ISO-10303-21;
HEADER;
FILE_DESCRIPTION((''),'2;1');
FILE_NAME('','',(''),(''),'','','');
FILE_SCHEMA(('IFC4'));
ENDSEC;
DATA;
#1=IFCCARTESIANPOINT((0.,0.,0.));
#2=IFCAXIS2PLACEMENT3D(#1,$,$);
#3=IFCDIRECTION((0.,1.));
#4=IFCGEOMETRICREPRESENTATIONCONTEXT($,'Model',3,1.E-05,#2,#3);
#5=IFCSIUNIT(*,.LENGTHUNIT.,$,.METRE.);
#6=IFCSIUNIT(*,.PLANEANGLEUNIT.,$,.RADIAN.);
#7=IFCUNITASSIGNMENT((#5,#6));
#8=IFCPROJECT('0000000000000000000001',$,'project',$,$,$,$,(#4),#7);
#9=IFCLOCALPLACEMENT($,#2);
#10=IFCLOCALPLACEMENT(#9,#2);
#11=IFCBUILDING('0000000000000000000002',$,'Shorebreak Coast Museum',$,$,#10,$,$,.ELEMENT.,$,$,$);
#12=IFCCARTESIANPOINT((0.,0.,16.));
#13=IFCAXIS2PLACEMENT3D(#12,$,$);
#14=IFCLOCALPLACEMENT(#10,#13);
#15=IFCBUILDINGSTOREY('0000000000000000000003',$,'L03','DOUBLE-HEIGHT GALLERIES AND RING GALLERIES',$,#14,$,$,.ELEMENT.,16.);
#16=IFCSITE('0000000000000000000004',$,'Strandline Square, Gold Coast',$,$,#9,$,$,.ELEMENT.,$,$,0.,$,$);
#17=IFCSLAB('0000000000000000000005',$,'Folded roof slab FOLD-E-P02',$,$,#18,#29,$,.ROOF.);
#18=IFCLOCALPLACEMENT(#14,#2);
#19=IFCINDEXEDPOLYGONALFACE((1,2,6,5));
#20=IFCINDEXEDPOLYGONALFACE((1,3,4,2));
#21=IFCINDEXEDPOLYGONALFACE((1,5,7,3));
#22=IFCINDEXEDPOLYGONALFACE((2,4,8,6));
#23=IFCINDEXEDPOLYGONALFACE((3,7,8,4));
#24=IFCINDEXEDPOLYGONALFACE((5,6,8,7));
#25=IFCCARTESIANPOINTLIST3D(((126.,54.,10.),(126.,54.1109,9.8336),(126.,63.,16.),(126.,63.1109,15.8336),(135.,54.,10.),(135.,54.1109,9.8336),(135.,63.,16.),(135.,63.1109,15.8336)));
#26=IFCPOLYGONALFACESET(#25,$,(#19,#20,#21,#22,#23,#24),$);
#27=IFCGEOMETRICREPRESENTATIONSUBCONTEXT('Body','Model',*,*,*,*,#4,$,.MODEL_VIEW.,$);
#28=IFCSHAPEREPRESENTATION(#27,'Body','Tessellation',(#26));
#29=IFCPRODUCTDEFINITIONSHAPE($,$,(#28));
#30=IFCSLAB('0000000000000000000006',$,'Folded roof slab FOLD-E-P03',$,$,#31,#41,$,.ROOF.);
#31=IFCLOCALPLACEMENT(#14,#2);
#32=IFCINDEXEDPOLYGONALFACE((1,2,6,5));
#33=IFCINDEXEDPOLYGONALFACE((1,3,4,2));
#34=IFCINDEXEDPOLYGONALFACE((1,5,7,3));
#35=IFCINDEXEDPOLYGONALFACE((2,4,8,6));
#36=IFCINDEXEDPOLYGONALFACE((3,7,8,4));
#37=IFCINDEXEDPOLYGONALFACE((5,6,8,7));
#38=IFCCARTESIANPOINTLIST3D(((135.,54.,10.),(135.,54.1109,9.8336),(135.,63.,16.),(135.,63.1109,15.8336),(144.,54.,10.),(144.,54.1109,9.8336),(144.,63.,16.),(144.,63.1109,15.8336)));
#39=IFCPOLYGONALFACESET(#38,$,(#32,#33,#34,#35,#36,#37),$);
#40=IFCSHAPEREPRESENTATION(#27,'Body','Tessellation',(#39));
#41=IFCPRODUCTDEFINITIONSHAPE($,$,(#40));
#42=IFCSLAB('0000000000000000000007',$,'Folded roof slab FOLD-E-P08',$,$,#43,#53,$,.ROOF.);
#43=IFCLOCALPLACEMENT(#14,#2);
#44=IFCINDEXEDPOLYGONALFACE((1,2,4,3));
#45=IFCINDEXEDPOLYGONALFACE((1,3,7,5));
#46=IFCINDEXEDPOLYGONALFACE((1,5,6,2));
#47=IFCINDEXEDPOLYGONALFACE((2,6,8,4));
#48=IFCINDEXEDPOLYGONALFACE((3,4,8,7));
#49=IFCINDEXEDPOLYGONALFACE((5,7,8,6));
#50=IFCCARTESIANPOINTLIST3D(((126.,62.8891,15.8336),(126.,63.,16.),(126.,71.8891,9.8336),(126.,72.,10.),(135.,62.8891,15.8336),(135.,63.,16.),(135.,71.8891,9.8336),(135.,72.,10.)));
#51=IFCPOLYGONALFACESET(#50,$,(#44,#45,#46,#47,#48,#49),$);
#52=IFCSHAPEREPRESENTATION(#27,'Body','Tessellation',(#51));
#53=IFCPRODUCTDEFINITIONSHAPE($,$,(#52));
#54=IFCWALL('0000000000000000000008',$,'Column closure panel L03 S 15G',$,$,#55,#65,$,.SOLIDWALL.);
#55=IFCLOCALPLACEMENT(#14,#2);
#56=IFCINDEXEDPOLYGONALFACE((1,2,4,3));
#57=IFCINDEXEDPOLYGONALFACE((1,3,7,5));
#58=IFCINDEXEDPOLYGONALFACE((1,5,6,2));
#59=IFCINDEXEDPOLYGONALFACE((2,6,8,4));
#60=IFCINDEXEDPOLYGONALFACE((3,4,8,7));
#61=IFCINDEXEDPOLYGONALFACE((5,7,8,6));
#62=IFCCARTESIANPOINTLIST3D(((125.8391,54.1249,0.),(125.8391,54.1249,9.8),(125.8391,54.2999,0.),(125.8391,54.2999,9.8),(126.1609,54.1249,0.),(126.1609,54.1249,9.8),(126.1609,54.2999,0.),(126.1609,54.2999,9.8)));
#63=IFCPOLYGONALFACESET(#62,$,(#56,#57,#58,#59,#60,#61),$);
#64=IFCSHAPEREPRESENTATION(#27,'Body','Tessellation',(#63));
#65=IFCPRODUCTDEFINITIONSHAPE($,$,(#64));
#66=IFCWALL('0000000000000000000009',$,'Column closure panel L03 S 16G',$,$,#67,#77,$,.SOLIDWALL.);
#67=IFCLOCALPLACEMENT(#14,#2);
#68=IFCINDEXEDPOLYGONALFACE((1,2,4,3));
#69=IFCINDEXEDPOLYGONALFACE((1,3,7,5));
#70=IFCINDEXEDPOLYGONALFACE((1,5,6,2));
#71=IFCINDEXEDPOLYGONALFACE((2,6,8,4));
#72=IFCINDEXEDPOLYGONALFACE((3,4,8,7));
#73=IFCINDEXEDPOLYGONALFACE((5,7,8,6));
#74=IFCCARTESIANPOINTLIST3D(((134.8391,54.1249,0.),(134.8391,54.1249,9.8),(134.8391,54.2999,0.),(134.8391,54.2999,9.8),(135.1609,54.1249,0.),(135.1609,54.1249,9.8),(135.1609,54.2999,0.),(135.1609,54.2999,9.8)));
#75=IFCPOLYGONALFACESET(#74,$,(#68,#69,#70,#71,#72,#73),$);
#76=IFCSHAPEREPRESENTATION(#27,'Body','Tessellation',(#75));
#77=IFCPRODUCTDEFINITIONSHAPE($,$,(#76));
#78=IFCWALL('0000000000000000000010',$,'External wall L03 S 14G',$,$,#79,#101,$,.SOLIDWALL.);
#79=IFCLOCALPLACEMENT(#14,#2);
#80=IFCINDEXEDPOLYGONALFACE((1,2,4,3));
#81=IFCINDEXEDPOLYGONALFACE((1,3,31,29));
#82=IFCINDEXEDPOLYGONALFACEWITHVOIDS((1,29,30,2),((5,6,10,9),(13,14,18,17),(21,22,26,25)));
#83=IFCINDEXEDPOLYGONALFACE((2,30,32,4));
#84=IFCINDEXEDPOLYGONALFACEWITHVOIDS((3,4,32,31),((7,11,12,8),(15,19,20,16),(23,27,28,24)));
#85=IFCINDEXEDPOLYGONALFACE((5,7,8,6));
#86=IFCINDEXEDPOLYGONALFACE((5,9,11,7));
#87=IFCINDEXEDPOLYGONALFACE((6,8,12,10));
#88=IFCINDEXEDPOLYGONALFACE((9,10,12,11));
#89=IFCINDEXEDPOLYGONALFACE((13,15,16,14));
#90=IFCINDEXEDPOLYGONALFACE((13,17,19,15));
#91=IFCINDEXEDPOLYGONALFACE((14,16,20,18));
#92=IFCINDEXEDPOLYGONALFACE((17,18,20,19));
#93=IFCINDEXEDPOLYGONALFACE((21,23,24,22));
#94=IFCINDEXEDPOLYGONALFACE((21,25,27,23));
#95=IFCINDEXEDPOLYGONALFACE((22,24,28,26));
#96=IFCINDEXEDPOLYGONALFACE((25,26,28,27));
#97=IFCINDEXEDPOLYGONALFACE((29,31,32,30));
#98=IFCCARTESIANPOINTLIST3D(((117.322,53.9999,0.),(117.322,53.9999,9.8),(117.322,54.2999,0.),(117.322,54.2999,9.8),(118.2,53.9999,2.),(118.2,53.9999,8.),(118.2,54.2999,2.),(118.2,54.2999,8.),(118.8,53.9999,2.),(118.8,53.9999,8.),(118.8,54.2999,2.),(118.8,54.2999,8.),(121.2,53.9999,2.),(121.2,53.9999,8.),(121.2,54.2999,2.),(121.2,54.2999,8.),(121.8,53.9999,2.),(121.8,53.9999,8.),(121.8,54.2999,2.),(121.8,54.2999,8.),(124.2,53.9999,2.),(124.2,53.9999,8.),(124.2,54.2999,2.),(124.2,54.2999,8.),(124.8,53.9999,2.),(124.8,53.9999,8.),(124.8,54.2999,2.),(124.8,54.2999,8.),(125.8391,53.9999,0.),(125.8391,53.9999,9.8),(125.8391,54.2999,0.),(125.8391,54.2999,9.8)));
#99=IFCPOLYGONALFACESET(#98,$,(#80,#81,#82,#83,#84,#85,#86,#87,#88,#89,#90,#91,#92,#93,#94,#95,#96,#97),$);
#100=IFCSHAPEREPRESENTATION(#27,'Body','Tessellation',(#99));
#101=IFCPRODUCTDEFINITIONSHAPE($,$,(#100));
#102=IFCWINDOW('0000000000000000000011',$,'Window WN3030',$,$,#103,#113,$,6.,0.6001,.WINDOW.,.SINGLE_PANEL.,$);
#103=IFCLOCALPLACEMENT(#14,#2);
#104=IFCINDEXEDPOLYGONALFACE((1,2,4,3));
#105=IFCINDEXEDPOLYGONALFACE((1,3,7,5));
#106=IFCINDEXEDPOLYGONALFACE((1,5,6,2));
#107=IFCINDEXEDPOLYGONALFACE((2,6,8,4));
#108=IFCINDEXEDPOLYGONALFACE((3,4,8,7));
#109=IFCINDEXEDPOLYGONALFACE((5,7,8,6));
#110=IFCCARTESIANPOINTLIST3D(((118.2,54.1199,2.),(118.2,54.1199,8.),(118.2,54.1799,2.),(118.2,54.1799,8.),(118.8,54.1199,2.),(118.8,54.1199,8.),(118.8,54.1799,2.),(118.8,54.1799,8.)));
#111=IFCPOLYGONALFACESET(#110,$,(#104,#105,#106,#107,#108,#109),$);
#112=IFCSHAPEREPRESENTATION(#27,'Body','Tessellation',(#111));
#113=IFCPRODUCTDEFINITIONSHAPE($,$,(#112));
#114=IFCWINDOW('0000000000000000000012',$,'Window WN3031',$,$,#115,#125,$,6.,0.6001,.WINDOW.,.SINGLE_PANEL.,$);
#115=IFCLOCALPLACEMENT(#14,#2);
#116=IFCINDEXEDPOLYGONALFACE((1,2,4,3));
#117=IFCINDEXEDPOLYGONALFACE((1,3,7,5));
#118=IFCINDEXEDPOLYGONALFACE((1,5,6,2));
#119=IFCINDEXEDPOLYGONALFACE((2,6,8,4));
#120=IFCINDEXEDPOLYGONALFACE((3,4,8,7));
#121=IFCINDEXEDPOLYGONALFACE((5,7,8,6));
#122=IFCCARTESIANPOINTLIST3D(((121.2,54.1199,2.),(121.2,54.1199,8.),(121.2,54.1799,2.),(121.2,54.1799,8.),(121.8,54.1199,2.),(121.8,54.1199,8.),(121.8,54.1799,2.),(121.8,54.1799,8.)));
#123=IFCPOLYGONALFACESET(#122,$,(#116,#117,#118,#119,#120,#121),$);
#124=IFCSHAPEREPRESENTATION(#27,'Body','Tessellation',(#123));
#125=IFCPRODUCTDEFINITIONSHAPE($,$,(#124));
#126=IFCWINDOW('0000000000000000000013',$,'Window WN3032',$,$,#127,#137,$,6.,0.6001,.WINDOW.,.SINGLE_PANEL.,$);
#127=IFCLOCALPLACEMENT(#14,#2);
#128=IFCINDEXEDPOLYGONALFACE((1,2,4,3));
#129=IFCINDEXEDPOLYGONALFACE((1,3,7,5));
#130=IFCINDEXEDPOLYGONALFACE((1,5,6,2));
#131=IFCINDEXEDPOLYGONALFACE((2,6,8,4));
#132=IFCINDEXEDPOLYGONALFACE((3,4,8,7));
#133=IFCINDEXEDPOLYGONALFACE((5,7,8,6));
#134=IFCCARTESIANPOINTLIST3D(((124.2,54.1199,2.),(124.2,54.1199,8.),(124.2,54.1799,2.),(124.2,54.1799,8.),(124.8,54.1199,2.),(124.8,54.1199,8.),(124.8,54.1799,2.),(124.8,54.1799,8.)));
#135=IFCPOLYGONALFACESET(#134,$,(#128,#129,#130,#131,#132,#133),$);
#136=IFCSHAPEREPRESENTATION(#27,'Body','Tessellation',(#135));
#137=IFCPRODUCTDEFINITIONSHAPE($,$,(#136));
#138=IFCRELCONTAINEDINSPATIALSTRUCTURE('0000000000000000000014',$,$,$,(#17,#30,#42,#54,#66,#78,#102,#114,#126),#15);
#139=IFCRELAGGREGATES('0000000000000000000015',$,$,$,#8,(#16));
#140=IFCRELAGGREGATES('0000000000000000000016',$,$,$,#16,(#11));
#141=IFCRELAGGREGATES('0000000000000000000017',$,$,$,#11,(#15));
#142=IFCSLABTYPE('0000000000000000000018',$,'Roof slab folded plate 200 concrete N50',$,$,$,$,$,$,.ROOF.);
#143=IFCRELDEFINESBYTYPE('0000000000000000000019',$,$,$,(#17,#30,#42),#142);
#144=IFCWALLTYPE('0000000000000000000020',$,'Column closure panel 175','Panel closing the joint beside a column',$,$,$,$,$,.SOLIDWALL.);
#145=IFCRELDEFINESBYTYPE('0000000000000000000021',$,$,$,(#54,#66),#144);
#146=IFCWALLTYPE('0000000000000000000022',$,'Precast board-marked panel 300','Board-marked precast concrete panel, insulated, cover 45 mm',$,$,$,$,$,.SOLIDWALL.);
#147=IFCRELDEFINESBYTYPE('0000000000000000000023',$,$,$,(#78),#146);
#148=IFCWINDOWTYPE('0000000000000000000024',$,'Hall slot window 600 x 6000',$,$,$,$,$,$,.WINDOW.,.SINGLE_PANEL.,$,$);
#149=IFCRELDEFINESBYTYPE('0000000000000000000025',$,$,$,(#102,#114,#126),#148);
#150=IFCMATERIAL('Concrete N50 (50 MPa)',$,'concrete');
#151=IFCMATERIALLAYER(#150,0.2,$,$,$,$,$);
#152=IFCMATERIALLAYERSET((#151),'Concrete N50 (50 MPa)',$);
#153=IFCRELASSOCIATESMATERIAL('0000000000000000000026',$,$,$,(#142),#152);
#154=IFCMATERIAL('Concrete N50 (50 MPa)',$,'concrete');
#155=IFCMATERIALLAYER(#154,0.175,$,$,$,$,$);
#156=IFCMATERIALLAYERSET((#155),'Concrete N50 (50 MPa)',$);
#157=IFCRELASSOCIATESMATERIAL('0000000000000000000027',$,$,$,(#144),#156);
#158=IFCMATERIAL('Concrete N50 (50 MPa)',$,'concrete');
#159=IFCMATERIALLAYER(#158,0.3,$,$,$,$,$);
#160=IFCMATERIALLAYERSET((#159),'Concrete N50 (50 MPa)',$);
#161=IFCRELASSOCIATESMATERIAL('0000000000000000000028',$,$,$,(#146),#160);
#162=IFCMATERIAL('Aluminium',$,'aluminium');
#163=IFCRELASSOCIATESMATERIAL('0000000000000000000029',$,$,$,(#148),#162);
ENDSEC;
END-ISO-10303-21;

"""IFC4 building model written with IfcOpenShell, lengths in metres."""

from ifc_helpers import new_model, si_unit, direction, frame, frame_2d, origin, place, context, subcontext, project, spatial, polyline, rectangle, outline, extrude, material, layer, layer_set, type_object, element, fill, save


model = new_model("IFC4")

# Units and contexts
model_context = context("Model", 3, precision=1e-05, world=origin(), true_north=direction((0.0, 1.0)))
body_context = subcontext(model_context, "Body", "Model", "MODEL_VIEW")
ifc_project = project(units=[si_unit("LENGTHUNIT", "METRE"), si_unit("PLANEANGLEUNIT", "RADIAN")], contexts=[model_context])

# Site, building, storey
site_placement = place(None, origin())
site = spatial("IfcSite", under=ifc_project, at=site_placement, Name="Strandline Square, Gold Coast", CompositionType="ELEMENT", RefElevation=0.0)
building_placement = place(site_placement, origin())
building = spatial("IfcBuilding", under=site, at=building_placement, Name="Shorebreak Coast Museum", CompositionType="ELEMENT")
storey_placement = place(building_placement, frame((0.0, 0.0, 16.0)))
storey = spatial("IfcBuildingStorey", under=building, at=storey_placement, Name="L03", Description="DOUBLE-HEIGHT GALLERIES AND RING GALLERIES", CompositionType="ELEMENT", Elevation=16.0)

# Slabs
ifc_material_1 = material(Name="Concrete N50 (50 MPa)", Category="concrete")
ifc_layer_1 = layer(ifc_material_1, 0.2)
ifc_layer_set_1 = layer_set([ifc_layer_1], Name="Concrete N50 (50 MPa)")
slab_type = type_object("IfcSlabType", Name="Roof slab folded plate 200 concrete N50", PredefinedType="ROOF", material=ifc_layer_set_1)
for number, where, z_axis, x_axis, name in (
    (1, (126.0, 54.0, 10.0), (0.0, -0.5547, 0.83205), (1.0, 0.0, 0.0), "Folded roof slab FOLD-E-P02"),
    (2, (135.0, 54.0, 10.0), (0.0, -0.5547, 0.83205), (1.0, 0.0, 0.0), "Folded roof slab FOLD-E-P03"),
    (3, (126.0, 63.0, 16.0), (0.0, 0.5547, 0.83205), (1.0, 0.0, 0.0), "Folded roof slab FOLD-E-P08"),
):
    element("IfcSlab", number, at=place(storey_placement, frame(where, z_axis=z_axis, x_axis=x_axis)), inside=storey, type_object=slab_type, Name=name, PredefinedType="ROOF", context=body_context, shape_type="SweptSolid", body=[
        extrude(outline(polyline([(0.0, 0.0), (9.0, 0.0), (9.0, 10.8167), (0.0, 10.8167), (0.0, 0.0)])), origin(), (0.0, 0.0, -1.0), 0.2),
    ])

# Walls
ifc_material_2 = material(Name="Concrete N50 (50 MPa)", Category="concrete")
ifc_layer_2 = layer(ifc_material_2, 0.175)
ifc_layer_set_2 = layer_set([ifc_layer_2], Name="Concrete N50 (50 MPa)")
wall_type_1 = type_object("IfcWallType", Name="Column closure panel 175", Description="Panel closing the joint beside a column", PredefinedType="SOLIDWALL", material=ifc_layer_set_2)
for number, where, z_axis, x_axis, name in (
    (4, (125.8391, 54.2124, 0.0), (0.0, 0.0, 1.0), (1.0, 0.0, 0.0), "Column closure panel L03 S 15G"),
    (5, (134.8391, 54.2124, 0.0), (0.0, 0.0, 1.0), (1.0, 0.0, 0.0), "Column closure panel L03 S 16G"),
):
    element("IfcWall", number, at=place(storey_placement, frame(where, z_axis=z_axis, x_axis=x_axis)), inside=storey, type_object=wall_type_1, Name=name, PredefinedType="SOLIDWALL", context=body_context, shape_type="SweptSolid", body=[
        extrude(rectangle(XDim=0.3218, YDim=0.175, at=frame_2d((0.1609, 0.0))), origin(), (0.0, 0.0, 1.0), 9.8),
    ])

# Wall, openings, windows
ifc_material_3 = material(Name="Concrete N50 (50 MPa)", Category="concrete")
ifc_layer_3 = layer(ifc_material_3, 0.3)
ifc_layer_set_3 = layer_set([ifc_layer_3], Name="Concrete N50 (50 MPa)")
wall_type_2 = type_object("IfcWallType", Name="Precast board-marked panel 300", Description="Board-marked precast concrete panel, insulated, cover 45 mm", PredefinedType="SOLIDWALL", material=ifc_layer_set_3)
wall_1_placement = place(storey_placement, frame((117.322, 54.1499, 0.0), z_axis=(0.0, 0.0, 1.0), x_axis=(1.0, 0.0, 0.0)))
wall_1 = element("IfcWall", 6, at=wall_1_placement, inside=storey, type_object=wall_type_2, Name="External wall L03 S 14G", PredefinedType="SOLIDWALL", context=body_context, shape_type="SweptSolid", body=[
    extrude(rectangle(XDim=8.5171, YDim=0.3, at=frame_2d((4.2585, 0.0))), origin(), (0.0, 0.0, 1.0), 9.8),
])
opening_1_placement = place(wall_1_placement, frame((0.8779, 0.0, 2.0)))
opening_1 = element("IfcOpeningElement", 7, at=opening_1_placement, cuts=wall_1, PredefinedType="OPENING", context=body_context, shape_type="SweptSolid", body=[
    extrude(rectangle(XDim=0.6001, YDim=6.0, at=frame_2d((0.3, 3.0))), frame((0.0, 0.1599, 0.0), z_axis=(0.0, -1.0, 0.0), x_axis=(1.0, 0.0, 0.0)), (0.0, 0.0, 1.0), 0.3201),
])
opening_2_placement = place(wall_1_placement, frame((3.8779, 0.0, 2.0)))
opening_2 = element("IfcOpeningElement", 8, at=opening_2_placement, cuts=wall_1, PredefinedType="OPENING", context=body_context, shape_type="SweptSolid", body=[
    extrude(rectangle(XDim=0.6001, YDim=6.0, at=frame_2d((0.3, 3.0))), frame((0.0, 0.1599, 0.0), z_axis=(0.0, -1.0, 0.0), x_axis=(1.0, 0.0, 0.0)), (0.0, 0.0, 1.0), 0.3201),
])
opening_3_placement = place(wall_1_placement, frame((6.8779, 0.0, 2.0)))
opening_3 = element("IfcOpeningElement", 9, at=opening_3_placement, cuts=wall_1, PredefinedType="OPENING", context=body_context, shape_type="SweptSolid", body=[
    extrude(rectangle(XDim=0.6001, YDim=6.0, at=frame_2d((0.3, 3.0))), frame((0.0, 0.1599, 0.0), z_axis=(0.0, -1.0, 0.0), x_axis=(1.0, 0.0, 0.0)), (0.0, 0.0, 1.0), 0.3201),
])
ifc_material_4 = material(Name="Aluminium", Category="aluminium")
window_type = type_object("IfcWindowType", Name="Hall slot window 600 x 6000", PartitioningType="SINGLE_PANEL", PredefinedType="WINDOW", material=ifc_material_4)
window_1_placement = place(opening_1_placement, origin())
window_1 = element("IfcWindow", 10, at=window_1_placement, inside=storey, type_object=window_type, Name="Window WN3030", OverallHeight=6.0, OverallWidth=0.6001, PartitioningType="SINGLE_PANEL", PredefinedType="WINDOW", context=body_context, shape_type="SweptSolid", body=[
    extrude(rectangle(XDim=0.6001, YDim=6.0, at=frame_2d((0.3, 3.0))), frame((0.0, 0.03, 0.0), z_axis=(0.0, -1.0, 0.0), x_axis=(1.0, 0.0, 0.0)), (0.0, 0.0, 1.0), 0.0601),
])
fill(opening_1, window_1)
window_2_placement = place(opening_2_placement, origin())
window_2 = element("IfcWindow", 11, at=window_2_placement, inside=storey, type_object=window_type, Name="Window WN3031", OverallHeight=6.0, OverallWidth=0.6001, PartitioningType="SINGLE_PANEL", PredefinedType="WINDOW", context=body_context, shape_type="SweptSolid", body=[
    extrude(rectangle(XDim=0.6001, YDim=6.0, at=frame_2d((0.3, 3.0))), frame((0.0, 0.03, 0.0), z_axis=(0.0, -1.0, 0.0), x_axis=(1.0, 0.0, 0.0)), (0.0, 0.0, 1.0), 0.0601),
])
fill(opening_2, window_2)
window_3_placement = place(opening_3_placement, origin())
window_3 = element("IfcWindow", 12, at=window_3_placement, inside=storey, type_object=window_type, Name="Window WN3032", OverallHeight=6.0, OverallWidth=0.6001, PartitioningType="SINGLE_PANEL", PredefinedType="WINDOW", context=body_context, shape_type="SweptSolid", body=[
    extrude(rectangle(XDim=0.6001, YDim=6.0, at=frame_2d((0.3, 3.0))), frame((0.0, 0.03, 0.0), z_axis=(0.0, -1.0, 0.0), x_axis=(1.0, 0.0, 0.0)), (0.0, 0.0, 1.0), 0.0601),
])
fill(opening_3, window_3)

save(model, "model.ifc")
